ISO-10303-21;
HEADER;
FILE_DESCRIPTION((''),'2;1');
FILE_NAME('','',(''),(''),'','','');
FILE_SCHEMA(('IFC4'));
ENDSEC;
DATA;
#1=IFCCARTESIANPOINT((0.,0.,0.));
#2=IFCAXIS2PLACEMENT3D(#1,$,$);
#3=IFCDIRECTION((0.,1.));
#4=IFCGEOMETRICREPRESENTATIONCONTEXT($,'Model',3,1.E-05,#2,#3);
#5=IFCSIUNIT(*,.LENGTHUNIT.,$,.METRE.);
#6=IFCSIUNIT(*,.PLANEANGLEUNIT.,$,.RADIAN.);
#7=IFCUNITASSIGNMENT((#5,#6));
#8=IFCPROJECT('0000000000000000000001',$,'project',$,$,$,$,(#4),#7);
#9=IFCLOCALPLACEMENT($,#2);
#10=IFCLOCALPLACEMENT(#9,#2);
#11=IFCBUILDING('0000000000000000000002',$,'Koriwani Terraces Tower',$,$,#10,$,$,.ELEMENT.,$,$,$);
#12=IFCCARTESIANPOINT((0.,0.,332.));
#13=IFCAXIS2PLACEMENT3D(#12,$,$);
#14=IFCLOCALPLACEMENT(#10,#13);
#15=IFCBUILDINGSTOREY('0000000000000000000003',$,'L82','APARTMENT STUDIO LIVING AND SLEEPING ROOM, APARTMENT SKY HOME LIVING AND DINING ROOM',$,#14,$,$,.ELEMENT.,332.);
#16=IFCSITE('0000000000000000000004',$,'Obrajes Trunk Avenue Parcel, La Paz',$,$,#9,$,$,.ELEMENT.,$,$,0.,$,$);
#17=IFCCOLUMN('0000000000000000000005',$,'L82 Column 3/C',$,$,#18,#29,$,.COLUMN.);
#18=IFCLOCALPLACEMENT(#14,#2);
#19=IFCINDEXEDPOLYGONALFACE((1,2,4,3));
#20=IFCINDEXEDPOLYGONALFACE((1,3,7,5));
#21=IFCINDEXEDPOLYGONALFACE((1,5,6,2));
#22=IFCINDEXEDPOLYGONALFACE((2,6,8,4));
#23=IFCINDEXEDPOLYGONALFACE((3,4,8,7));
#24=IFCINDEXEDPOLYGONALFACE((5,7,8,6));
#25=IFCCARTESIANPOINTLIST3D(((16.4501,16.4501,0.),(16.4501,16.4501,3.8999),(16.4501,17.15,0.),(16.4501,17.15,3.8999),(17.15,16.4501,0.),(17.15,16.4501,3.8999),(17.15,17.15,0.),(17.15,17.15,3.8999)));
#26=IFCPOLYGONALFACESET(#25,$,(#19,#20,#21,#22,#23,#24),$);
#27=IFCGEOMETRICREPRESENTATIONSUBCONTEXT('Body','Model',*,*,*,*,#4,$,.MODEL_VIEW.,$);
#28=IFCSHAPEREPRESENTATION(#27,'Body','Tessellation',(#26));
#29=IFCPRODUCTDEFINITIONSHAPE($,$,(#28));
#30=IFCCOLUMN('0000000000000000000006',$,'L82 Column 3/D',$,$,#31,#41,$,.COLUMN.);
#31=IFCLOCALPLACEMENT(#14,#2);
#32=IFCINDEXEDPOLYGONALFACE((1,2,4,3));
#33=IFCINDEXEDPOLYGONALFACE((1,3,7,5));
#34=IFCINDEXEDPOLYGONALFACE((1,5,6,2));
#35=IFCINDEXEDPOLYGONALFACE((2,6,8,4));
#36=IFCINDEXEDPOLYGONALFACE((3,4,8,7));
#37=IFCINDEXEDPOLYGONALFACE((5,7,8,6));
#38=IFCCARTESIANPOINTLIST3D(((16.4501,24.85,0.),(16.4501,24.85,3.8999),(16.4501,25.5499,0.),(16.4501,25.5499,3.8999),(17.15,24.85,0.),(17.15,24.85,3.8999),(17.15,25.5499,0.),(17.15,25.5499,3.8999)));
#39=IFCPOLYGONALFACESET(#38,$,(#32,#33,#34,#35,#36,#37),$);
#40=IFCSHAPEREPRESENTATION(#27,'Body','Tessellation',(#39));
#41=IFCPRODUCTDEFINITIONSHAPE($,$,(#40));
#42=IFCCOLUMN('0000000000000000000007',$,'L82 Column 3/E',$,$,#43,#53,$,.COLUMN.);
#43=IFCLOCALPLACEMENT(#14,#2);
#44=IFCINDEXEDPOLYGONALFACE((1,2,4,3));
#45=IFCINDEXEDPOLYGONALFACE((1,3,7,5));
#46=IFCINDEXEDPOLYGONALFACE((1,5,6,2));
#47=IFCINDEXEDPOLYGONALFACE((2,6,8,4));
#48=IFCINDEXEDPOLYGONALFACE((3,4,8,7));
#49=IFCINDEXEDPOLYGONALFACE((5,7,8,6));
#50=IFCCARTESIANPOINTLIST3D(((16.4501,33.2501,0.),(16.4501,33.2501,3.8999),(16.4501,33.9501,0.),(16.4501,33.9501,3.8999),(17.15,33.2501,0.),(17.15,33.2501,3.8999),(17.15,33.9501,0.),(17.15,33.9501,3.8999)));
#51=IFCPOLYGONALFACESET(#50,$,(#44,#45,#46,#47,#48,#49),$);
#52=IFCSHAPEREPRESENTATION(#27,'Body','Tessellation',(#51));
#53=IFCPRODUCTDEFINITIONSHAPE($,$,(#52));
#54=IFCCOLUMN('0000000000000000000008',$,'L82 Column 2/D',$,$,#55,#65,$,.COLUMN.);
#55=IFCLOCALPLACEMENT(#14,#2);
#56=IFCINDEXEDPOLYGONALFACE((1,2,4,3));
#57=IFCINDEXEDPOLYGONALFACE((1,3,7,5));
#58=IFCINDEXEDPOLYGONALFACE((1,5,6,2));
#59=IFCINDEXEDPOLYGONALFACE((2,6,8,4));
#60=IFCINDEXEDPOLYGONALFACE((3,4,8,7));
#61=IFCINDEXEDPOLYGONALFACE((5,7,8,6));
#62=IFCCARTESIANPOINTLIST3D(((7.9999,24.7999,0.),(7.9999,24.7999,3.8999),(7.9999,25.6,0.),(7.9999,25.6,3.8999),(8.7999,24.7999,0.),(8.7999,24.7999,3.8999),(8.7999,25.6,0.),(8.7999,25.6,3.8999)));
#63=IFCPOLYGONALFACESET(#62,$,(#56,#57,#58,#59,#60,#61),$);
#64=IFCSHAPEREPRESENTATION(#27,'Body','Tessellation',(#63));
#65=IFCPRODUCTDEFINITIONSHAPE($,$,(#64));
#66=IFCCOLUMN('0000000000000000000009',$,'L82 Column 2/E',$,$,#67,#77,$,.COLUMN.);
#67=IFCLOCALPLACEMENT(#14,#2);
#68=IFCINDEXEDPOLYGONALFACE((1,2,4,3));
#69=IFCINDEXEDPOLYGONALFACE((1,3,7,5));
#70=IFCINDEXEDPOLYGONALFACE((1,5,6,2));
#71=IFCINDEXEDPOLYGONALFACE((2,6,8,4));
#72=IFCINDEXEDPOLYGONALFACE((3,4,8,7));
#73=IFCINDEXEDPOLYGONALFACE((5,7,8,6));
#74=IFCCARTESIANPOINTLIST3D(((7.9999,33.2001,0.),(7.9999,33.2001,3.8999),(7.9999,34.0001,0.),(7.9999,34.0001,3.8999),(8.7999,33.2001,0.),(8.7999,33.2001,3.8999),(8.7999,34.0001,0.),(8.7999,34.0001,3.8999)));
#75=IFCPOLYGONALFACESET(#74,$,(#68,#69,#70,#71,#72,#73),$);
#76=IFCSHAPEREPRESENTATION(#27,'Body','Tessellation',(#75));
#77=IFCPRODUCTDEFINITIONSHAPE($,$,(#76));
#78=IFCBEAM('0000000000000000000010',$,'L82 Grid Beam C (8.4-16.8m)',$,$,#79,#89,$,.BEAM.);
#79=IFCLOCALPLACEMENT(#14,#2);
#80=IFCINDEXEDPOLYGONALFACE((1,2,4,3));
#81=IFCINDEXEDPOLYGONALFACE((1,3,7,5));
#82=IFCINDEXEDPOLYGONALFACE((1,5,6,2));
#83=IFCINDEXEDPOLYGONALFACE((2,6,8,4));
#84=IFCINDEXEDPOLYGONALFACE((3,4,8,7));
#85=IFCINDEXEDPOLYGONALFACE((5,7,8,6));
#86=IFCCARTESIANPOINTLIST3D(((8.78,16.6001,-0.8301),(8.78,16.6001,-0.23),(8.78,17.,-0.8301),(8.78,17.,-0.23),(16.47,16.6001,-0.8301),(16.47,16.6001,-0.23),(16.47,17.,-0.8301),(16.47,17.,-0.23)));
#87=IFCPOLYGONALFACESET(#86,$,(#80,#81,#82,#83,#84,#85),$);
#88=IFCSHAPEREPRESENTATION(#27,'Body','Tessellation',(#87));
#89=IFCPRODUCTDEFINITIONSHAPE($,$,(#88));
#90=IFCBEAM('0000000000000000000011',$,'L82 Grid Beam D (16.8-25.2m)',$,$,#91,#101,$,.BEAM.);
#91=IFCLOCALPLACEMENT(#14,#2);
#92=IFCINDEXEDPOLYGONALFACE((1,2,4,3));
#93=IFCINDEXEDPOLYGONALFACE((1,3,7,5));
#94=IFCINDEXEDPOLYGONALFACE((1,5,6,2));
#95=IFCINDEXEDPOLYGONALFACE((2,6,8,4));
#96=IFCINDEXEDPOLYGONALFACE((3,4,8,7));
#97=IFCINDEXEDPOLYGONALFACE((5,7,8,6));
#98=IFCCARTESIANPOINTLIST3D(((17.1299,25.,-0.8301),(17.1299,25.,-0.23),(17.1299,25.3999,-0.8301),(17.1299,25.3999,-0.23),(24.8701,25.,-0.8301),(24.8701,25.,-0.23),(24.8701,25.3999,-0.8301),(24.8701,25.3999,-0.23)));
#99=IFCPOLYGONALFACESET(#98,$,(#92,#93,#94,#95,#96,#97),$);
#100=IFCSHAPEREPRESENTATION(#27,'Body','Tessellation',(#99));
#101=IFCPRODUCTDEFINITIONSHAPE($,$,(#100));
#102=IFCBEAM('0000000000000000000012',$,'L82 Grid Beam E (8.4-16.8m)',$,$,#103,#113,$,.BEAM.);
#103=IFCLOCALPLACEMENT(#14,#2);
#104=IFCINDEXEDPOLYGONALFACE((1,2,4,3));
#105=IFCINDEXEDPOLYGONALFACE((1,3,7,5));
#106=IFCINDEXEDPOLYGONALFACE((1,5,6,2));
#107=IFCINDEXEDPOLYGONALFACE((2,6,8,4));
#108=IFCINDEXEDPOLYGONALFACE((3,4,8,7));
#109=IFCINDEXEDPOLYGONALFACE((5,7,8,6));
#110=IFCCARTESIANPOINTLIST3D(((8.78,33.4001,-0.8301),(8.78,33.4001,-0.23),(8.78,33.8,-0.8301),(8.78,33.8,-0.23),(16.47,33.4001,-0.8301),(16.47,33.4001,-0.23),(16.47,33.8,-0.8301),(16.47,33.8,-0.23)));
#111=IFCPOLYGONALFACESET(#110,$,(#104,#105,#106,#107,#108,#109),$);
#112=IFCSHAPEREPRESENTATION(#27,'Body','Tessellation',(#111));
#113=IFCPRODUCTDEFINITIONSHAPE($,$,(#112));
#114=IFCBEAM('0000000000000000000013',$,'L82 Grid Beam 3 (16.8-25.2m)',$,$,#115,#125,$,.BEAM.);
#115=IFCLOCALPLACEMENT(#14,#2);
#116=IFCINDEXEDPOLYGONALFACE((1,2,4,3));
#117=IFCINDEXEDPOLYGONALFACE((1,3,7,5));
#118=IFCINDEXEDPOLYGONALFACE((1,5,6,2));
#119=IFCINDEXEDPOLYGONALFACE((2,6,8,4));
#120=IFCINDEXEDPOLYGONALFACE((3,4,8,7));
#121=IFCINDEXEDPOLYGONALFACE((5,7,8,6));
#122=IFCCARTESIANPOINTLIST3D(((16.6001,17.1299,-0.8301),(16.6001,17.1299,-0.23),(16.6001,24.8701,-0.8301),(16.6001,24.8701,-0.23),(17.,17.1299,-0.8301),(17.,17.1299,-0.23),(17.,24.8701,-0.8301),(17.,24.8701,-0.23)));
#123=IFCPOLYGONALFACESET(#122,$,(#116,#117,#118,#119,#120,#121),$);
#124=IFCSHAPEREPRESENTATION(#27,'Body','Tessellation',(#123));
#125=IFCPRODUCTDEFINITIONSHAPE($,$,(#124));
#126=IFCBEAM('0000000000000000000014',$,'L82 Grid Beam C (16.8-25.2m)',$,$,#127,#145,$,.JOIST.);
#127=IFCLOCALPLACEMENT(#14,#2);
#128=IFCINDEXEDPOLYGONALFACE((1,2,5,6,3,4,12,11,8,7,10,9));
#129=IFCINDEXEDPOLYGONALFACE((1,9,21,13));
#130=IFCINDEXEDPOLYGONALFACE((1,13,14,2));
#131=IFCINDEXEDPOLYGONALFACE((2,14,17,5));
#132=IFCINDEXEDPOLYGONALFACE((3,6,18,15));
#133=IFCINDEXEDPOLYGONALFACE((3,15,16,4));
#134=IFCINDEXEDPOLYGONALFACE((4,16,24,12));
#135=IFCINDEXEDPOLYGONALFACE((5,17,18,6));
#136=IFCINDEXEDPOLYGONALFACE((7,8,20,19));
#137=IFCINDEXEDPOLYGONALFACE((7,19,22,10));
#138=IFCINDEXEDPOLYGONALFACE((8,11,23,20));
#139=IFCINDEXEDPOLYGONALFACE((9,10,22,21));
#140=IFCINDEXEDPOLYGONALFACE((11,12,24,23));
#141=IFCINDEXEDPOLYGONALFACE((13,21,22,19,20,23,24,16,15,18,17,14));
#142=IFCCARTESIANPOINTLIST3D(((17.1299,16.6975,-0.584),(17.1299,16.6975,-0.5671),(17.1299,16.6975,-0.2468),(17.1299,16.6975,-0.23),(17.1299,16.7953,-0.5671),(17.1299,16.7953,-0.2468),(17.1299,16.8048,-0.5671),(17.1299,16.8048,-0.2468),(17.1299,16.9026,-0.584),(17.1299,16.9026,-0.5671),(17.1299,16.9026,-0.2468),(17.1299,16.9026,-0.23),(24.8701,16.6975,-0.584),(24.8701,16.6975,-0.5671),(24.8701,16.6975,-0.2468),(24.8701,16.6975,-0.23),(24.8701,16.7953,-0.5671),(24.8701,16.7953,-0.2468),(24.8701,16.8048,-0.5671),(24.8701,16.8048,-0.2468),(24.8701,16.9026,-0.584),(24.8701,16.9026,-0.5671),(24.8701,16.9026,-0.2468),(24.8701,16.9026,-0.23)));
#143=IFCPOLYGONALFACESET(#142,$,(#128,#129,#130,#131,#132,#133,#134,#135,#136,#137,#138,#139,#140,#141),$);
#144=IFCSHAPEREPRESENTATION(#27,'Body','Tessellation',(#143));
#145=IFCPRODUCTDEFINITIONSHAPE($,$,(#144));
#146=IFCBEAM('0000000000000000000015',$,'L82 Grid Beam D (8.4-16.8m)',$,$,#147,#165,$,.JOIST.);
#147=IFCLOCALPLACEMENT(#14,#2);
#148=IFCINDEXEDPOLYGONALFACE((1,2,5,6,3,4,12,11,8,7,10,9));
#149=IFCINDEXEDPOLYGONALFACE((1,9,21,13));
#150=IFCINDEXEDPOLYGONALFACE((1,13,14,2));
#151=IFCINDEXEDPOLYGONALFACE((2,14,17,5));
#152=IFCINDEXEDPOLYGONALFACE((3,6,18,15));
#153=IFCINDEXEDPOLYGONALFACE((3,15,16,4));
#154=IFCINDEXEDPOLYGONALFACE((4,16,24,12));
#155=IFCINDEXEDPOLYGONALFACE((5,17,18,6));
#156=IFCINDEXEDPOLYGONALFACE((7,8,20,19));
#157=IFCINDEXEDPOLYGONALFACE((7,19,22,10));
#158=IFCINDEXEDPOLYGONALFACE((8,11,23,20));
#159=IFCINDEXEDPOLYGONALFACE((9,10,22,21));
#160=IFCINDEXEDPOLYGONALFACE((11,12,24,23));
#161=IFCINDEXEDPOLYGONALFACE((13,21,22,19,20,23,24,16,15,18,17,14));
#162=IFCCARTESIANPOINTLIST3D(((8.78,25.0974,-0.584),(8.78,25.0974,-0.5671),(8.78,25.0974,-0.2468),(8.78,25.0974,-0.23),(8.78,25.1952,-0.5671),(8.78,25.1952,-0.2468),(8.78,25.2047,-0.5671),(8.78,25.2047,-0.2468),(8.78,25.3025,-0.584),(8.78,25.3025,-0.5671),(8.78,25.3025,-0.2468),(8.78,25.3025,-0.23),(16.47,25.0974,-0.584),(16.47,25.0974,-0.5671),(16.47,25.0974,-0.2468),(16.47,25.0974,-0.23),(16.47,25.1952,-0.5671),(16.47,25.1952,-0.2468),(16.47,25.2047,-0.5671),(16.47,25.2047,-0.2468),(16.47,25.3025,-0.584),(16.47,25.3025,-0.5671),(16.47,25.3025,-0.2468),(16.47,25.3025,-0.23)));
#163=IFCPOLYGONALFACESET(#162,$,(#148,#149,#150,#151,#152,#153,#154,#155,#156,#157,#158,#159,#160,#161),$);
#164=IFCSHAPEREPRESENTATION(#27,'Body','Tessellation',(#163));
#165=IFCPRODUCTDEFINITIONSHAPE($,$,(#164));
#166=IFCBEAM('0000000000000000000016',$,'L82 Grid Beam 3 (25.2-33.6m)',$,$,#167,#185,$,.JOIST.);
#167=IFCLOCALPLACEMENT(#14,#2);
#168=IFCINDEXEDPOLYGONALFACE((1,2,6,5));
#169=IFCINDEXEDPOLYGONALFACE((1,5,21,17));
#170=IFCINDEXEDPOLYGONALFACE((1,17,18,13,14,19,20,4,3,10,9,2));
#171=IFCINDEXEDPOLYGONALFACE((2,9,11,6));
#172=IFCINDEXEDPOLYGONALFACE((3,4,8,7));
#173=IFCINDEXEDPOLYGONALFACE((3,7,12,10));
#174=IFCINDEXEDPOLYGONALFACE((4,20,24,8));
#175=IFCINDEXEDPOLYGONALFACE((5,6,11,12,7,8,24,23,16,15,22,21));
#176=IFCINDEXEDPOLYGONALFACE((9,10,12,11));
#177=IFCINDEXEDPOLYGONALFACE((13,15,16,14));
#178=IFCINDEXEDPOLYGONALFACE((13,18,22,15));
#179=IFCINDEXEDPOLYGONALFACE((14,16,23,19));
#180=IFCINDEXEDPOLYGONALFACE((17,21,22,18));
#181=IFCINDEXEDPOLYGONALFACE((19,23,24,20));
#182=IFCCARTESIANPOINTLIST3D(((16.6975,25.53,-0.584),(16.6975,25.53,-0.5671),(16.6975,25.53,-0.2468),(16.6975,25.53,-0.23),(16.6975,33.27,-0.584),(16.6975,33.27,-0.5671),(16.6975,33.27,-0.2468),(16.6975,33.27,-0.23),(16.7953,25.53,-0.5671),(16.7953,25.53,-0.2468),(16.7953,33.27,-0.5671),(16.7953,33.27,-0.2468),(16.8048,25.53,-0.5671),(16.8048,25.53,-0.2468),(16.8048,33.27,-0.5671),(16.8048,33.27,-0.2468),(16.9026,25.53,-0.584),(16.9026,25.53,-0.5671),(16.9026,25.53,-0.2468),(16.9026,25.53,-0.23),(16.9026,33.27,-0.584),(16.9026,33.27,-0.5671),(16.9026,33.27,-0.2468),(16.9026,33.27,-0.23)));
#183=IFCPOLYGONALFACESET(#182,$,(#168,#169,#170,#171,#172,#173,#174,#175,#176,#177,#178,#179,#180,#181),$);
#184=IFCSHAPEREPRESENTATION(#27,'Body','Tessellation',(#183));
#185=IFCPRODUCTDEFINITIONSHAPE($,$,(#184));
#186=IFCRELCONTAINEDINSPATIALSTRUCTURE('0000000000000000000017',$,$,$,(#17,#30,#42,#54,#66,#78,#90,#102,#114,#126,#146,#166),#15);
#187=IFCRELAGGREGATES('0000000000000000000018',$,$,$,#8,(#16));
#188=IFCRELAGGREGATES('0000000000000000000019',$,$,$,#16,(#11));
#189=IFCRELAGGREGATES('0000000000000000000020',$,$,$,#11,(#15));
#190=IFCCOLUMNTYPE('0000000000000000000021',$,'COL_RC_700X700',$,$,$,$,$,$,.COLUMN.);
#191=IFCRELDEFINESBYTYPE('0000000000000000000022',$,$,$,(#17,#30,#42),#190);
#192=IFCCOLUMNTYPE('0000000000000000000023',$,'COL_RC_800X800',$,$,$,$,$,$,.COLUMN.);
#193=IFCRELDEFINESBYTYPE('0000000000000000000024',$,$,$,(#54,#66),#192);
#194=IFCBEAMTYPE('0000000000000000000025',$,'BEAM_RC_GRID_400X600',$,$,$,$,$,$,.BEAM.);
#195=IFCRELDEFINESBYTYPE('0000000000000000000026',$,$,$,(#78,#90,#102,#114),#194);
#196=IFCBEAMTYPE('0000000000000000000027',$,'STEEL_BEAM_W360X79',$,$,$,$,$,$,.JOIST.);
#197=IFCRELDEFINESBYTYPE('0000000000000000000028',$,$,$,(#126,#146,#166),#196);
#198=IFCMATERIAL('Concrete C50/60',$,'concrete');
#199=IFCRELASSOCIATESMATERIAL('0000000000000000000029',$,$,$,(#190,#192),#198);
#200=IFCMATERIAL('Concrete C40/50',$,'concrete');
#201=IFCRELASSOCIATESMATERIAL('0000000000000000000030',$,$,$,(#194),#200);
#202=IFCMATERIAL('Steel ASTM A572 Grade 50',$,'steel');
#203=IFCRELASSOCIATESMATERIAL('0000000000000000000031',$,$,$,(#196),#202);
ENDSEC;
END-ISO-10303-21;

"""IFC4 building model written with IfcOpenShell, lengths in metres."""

from ifc_helpers import new_model, si_unit, direction, frame, origin, origin_2d, place, context, subcontext, project, spatial, rectangle, i_section, extrude, material, material_profile, profile_set, type_object, element, save


model = new_model("IFC4")

# Units and contexts
model_context = context("Model", 3, precision=1e-05, world=origin(), true_north=direction((0.0, 1.0)))
body_context = subcontext(model_context, "Body", "Model", "MODEL_VIEW")
ifc_project = project(units=[si_unit("LENGTHUNIT", "METRE"), si_unit("PLANEANGLEUNIT", "RADIAN")], contexts=[model_context])

# Site, building, storey
site_placement = place(None, origin())
site = spatial("IfcSite", under=ifc_project, at=site_placement, Name="Obrajes Trunk Avenue Parcel, La Paz", CompositionType="ELEMENT", RefElevation=0.0)
building_placement = place(site_placement, origin())
building = spatial("IfcBuilding", under=site, at=building_placement, Name="Koriwani Terraces Tower", CompositionType="ELEMENT")
storey_placement = place(building_placement, frame((0.0, 0.0, 332.0)))
storey = spatial("IfcBuildingStorey", under=building, at=storey_placement, Name="L82", Description="APARTMENT STUDIO LIVING AND SLEEPING ROOM, APARTMENT SKY HOME LIVING AND DINING ROOM", CompositionType="ELEMENT", Elevation=332.0)

# Columns
ifc_material_1 = material(Name="Concrete C50/60", Category="concrete")
ifc_material_profile_1 = material_profile(ifc_material_1, rectangle(XDim=0.7, YDim=0.7, at=origin_2d()), Name="Concrete C50/60", Category="LoadBearing")
ifc_profile_set_1 = profile_set([ifc_material_profile_1], Name="Concrete C50/60")
column_type_1 = type_object("IfcColumnType", Name="COL_RC_700X700", PredefinedType="COLUMN", material=ifc_profile_set_1)
for number, where, z_axis, x_axis, name in (
    (1, (16.8, 16.8, 0.0), (0.0, 0.0, 1.0), (1.0, 0.0, 0.0), "L82 Column 3/C"),
    (2, (16.8, 25.2, 0.0), (0.0, 0.0, 1.0), (1.0, 0.0, 0.0), "L82 Column 3/D"),
    (3, (16.8, 33.6001, 0.0), (0.0, 0.0, 1.0), (1.0, 0.0, 0.0), "L82 Column 3/E"),
):
    element("IfcColumn", number, at=place(storey_placement, frame(where, z_axis=z_axis, x_axis=x_axis)), inside=storey, type_object=column_type_1, Name=name, PredefinedType="COLUMN", context=body_context, shape_type="SweptSolid", body=[
        extrude(rectangle(XDim=0.7, YDim=0.7, at=origin_2d()), origin(), (0.0, 0.0, 1.0), 3.8999),
    ])
ifc_material_profile_2 = material_profile(ifc_material_1, rectangle(XDim=0.8, YDim=0.8, at=origin_2d()), Name="Concrete C50/60", Category="LoadBearing")
ifc_profile_set_2 = profile_set([ifc_material_profile_2], Name="Concrete C50/60")
column_type_2 = type_object("IfcColumnType", Name="COL_RC_800X800", PredefinedType="COLUMN", material=ifc_profile_set_2)
for number, where, z_axis, x_axis, name in (
    (4, (8.3999, 25.2, 0.0), (0.0, 0.0, 1.0), (1.0, 0.0, 0.0), "L82 Column 2/D"),
    (5, (8.3999, 33.6001, 0.0), (0.0, 0.0, 1.0), (1.0, 0.0, 0.0), "L82 Column 2/E"),
):
    element("IfcColumn", number, at=place(storey_placement, frame(where, z_axis=z_axis, x_axis=x_axis)), inside=storey, type_object=column_type_2, Name=name, PredefinedType="COLUMN", context=body_context, shape_type="SweptSolid", body=[
        extrude(rectangle(XDim=0.8, YDim=0.8, at=origin_2d()), origin(), (0.0, 0.0, 1.0), 3.8999),
    ])

# Beams
ifc_material_2 = material(Name="Concrete C40/50", Category="concrete")
ifc_material_profile_3 = material_profile(ifc_material_2, rectangle(XDim=0.3999, YDim=0.6001, at=origin_2d()), Name="Concrete C40/50", Category="LoadBearing")
ifc_profile_set_3 = profile_set([ifc_material_profile_3], Name="Concrete C40/50")
beam_type_1 = type_object("IfcBeamType", Name="BEAM_RC_GRID_400X600", PredefinedType="BEAM", material=ifc_profile_set_3)
beam_1_placement = place(storey_placement, frame((8.78, 16.8, -0.53), z_axis=(1.0, 0.0, 0.0), x_axis=(0.0, 1.0, 0.0)))
element("IfcBeam", 6, at=beam_1_placement, inside=storey, type_object=beam_type_1, Name="L82 Grid Beam C (8.4-16.8m)", PredefinedType="BEAM", context=body_context, shape_type="SweptSolid", body=[
    extrude(rectangle(XDim=0.3999, YDim=0.6001, at=origin_2d()), origin(), (0.0, 0.0, 1.0), 7.6899),
])
beam_2_placement = place(storey_placement, frame((17.1299, 25.2, -0.53), z_axis=(1.0, 0.0, 0.0), x_axis=(0.0, 1.0, 0.0)))
element("IfcBeam", 7, at=beam_2_placement, inside=storey, type_object=beam_type_1, Name="L82 Grid Beam D (16.8-25.2m)", PredefinedType="BEAM", context=body_context, shape_type="SweptSolid", body=[
    extrude(rectangle(XDim=0.3999, YDim=0.6001, at=origin_2d()), origin(), (0.0, 0.0, 1.0), 7.7402),
])
beam_3_placement = place(storey_placement, frame((8.78, 33.6001, -0.53), z_axis=(1.0, 0.0, 0.0), x_axis=(0.0, 1.0, 0.0)))
element("IfcBeam", 8, at=beam_3_placement, inside=storey, type_object=beam_type_1, Name="L82 Grid Beam E (8.4-16.8m)", PredefinedType="BEAM", context=body_context, shape_type="SweptSolid", body=[
    extrude(rectangle(XDim=0.3999, YDim=0.6001, at=origin_2d()), origin(), (0.0, 0.0, 1.0), 7.6899),
])
beam_4_placement = place(storey_placement, frame((16.8, 17.1299, -0.53), z_axis=(0.0, 1.0, 0.0), x_axis=(-1.0, 0.0, 0.0)))
element("IfcBeam", 9, at=beam_4_placement, inside=storey, type_object=beam_type_1, Name="L82 Grid Beam 3 (16.8-25.2m)", PredefinedType="BEAM", context=body_context, shape_type="SweptSolid", body=[
    extrude(rectangle(XDim=0.3999, YDim=0.6001, at=origin_2d()), origin(), (0.0, 0.0, 1.0), 7.7402),
])
ifc_material_3 = material(Name="Steel ASTM A572 Grade 50", Category="steel")
ifc_material_profile_4 = material_profile(ifc_material_3, i_section(OverallWidth=0.2051, OverallDepth=0.354, WebThickness=0.0095, FlangeThickness=0.0168, at=origin_2d()), Name="Steel ASTM A572 Grade 50", Category="LoadBearing")
ifc_profile_set_4 = profile_set([ifc_material_profile_4], Name="Steel ASTM A572 Grade 50")
beam_type_2 = type_object("IfcBeamType", Name="STEEL_BEAM_W360X79", PredefinedType="JOIST", material=ifc_profile_set_4)
beam_5_placement = place(storey_placement, frame((17.1299, 16.8, -0.407), z_axis=(1.0, 0.0, 0.0), x_axis=(0.0, 1.0, 0.0)))
element("IfcBeam", 10, at=beam_5_placement, inside=storey, type_object=beam_type_2, Name="L82 Grid Beam C (16.8-25.2m)", PredefinedType="JOIST", context=body_context, shape_type="SweptSolid", body=[
    extrude(i_section(OverallWidth=0.2051, OverallDepth=0.354, WebThickness=0.0095, FlangeThickness=0.0168, at=origin_2d()), origin(), (0.0, 0.0, 1.0), 7.7402),
])
beam_6_placement = place(storey_placement, frame((8.78, 25.2, -0.407), z_axis=(1.0, 0.0, 0.0), x_axis=(0.0, 1.0, 0.0)))
element("IfcBeam", 11, at=beam_6_placement, inside=storey, type_object=beam_type_2, Name="L82 Grid Beam D (8.4-16.8m)", PredefinedType="JOIST", context=body_context, shape_type="SweptSolid", body=[
    extrude(i_section(OverallWidth=0.2051, OverallDepth=0.354, WebThickness=0.0095, FlangeThickness=0.0168, at=origin_2d()), origin(), (0.0, 0.0, 1.0), 7.6899),
])
beam_7_placement = place(storey_placement, frame((16.8, 25.53, -0.407), z_axis=(0.0, 1.0, 0.0), x_axis=(-1.0, 0.0, 0.0)))
element("IfcBeam", 12, at=beam_7_placement, inside=storey, type_object=beam_type_2, Name="L82 Grid Beam 3 (25.2-33.6m)", PredefinedType="JOIST", context=body_context, shape_type="SweptSolid", body=[
    extrude(i_section(OverallWidth=0.2051, OverallDepth=0.354, WebThickness=0.0095, FlangeThickness=0.0168, at=origin_2d()), origin(), (0.0, 0.0, 1.0), 7.74),
])

save(model, "model.ifc")
